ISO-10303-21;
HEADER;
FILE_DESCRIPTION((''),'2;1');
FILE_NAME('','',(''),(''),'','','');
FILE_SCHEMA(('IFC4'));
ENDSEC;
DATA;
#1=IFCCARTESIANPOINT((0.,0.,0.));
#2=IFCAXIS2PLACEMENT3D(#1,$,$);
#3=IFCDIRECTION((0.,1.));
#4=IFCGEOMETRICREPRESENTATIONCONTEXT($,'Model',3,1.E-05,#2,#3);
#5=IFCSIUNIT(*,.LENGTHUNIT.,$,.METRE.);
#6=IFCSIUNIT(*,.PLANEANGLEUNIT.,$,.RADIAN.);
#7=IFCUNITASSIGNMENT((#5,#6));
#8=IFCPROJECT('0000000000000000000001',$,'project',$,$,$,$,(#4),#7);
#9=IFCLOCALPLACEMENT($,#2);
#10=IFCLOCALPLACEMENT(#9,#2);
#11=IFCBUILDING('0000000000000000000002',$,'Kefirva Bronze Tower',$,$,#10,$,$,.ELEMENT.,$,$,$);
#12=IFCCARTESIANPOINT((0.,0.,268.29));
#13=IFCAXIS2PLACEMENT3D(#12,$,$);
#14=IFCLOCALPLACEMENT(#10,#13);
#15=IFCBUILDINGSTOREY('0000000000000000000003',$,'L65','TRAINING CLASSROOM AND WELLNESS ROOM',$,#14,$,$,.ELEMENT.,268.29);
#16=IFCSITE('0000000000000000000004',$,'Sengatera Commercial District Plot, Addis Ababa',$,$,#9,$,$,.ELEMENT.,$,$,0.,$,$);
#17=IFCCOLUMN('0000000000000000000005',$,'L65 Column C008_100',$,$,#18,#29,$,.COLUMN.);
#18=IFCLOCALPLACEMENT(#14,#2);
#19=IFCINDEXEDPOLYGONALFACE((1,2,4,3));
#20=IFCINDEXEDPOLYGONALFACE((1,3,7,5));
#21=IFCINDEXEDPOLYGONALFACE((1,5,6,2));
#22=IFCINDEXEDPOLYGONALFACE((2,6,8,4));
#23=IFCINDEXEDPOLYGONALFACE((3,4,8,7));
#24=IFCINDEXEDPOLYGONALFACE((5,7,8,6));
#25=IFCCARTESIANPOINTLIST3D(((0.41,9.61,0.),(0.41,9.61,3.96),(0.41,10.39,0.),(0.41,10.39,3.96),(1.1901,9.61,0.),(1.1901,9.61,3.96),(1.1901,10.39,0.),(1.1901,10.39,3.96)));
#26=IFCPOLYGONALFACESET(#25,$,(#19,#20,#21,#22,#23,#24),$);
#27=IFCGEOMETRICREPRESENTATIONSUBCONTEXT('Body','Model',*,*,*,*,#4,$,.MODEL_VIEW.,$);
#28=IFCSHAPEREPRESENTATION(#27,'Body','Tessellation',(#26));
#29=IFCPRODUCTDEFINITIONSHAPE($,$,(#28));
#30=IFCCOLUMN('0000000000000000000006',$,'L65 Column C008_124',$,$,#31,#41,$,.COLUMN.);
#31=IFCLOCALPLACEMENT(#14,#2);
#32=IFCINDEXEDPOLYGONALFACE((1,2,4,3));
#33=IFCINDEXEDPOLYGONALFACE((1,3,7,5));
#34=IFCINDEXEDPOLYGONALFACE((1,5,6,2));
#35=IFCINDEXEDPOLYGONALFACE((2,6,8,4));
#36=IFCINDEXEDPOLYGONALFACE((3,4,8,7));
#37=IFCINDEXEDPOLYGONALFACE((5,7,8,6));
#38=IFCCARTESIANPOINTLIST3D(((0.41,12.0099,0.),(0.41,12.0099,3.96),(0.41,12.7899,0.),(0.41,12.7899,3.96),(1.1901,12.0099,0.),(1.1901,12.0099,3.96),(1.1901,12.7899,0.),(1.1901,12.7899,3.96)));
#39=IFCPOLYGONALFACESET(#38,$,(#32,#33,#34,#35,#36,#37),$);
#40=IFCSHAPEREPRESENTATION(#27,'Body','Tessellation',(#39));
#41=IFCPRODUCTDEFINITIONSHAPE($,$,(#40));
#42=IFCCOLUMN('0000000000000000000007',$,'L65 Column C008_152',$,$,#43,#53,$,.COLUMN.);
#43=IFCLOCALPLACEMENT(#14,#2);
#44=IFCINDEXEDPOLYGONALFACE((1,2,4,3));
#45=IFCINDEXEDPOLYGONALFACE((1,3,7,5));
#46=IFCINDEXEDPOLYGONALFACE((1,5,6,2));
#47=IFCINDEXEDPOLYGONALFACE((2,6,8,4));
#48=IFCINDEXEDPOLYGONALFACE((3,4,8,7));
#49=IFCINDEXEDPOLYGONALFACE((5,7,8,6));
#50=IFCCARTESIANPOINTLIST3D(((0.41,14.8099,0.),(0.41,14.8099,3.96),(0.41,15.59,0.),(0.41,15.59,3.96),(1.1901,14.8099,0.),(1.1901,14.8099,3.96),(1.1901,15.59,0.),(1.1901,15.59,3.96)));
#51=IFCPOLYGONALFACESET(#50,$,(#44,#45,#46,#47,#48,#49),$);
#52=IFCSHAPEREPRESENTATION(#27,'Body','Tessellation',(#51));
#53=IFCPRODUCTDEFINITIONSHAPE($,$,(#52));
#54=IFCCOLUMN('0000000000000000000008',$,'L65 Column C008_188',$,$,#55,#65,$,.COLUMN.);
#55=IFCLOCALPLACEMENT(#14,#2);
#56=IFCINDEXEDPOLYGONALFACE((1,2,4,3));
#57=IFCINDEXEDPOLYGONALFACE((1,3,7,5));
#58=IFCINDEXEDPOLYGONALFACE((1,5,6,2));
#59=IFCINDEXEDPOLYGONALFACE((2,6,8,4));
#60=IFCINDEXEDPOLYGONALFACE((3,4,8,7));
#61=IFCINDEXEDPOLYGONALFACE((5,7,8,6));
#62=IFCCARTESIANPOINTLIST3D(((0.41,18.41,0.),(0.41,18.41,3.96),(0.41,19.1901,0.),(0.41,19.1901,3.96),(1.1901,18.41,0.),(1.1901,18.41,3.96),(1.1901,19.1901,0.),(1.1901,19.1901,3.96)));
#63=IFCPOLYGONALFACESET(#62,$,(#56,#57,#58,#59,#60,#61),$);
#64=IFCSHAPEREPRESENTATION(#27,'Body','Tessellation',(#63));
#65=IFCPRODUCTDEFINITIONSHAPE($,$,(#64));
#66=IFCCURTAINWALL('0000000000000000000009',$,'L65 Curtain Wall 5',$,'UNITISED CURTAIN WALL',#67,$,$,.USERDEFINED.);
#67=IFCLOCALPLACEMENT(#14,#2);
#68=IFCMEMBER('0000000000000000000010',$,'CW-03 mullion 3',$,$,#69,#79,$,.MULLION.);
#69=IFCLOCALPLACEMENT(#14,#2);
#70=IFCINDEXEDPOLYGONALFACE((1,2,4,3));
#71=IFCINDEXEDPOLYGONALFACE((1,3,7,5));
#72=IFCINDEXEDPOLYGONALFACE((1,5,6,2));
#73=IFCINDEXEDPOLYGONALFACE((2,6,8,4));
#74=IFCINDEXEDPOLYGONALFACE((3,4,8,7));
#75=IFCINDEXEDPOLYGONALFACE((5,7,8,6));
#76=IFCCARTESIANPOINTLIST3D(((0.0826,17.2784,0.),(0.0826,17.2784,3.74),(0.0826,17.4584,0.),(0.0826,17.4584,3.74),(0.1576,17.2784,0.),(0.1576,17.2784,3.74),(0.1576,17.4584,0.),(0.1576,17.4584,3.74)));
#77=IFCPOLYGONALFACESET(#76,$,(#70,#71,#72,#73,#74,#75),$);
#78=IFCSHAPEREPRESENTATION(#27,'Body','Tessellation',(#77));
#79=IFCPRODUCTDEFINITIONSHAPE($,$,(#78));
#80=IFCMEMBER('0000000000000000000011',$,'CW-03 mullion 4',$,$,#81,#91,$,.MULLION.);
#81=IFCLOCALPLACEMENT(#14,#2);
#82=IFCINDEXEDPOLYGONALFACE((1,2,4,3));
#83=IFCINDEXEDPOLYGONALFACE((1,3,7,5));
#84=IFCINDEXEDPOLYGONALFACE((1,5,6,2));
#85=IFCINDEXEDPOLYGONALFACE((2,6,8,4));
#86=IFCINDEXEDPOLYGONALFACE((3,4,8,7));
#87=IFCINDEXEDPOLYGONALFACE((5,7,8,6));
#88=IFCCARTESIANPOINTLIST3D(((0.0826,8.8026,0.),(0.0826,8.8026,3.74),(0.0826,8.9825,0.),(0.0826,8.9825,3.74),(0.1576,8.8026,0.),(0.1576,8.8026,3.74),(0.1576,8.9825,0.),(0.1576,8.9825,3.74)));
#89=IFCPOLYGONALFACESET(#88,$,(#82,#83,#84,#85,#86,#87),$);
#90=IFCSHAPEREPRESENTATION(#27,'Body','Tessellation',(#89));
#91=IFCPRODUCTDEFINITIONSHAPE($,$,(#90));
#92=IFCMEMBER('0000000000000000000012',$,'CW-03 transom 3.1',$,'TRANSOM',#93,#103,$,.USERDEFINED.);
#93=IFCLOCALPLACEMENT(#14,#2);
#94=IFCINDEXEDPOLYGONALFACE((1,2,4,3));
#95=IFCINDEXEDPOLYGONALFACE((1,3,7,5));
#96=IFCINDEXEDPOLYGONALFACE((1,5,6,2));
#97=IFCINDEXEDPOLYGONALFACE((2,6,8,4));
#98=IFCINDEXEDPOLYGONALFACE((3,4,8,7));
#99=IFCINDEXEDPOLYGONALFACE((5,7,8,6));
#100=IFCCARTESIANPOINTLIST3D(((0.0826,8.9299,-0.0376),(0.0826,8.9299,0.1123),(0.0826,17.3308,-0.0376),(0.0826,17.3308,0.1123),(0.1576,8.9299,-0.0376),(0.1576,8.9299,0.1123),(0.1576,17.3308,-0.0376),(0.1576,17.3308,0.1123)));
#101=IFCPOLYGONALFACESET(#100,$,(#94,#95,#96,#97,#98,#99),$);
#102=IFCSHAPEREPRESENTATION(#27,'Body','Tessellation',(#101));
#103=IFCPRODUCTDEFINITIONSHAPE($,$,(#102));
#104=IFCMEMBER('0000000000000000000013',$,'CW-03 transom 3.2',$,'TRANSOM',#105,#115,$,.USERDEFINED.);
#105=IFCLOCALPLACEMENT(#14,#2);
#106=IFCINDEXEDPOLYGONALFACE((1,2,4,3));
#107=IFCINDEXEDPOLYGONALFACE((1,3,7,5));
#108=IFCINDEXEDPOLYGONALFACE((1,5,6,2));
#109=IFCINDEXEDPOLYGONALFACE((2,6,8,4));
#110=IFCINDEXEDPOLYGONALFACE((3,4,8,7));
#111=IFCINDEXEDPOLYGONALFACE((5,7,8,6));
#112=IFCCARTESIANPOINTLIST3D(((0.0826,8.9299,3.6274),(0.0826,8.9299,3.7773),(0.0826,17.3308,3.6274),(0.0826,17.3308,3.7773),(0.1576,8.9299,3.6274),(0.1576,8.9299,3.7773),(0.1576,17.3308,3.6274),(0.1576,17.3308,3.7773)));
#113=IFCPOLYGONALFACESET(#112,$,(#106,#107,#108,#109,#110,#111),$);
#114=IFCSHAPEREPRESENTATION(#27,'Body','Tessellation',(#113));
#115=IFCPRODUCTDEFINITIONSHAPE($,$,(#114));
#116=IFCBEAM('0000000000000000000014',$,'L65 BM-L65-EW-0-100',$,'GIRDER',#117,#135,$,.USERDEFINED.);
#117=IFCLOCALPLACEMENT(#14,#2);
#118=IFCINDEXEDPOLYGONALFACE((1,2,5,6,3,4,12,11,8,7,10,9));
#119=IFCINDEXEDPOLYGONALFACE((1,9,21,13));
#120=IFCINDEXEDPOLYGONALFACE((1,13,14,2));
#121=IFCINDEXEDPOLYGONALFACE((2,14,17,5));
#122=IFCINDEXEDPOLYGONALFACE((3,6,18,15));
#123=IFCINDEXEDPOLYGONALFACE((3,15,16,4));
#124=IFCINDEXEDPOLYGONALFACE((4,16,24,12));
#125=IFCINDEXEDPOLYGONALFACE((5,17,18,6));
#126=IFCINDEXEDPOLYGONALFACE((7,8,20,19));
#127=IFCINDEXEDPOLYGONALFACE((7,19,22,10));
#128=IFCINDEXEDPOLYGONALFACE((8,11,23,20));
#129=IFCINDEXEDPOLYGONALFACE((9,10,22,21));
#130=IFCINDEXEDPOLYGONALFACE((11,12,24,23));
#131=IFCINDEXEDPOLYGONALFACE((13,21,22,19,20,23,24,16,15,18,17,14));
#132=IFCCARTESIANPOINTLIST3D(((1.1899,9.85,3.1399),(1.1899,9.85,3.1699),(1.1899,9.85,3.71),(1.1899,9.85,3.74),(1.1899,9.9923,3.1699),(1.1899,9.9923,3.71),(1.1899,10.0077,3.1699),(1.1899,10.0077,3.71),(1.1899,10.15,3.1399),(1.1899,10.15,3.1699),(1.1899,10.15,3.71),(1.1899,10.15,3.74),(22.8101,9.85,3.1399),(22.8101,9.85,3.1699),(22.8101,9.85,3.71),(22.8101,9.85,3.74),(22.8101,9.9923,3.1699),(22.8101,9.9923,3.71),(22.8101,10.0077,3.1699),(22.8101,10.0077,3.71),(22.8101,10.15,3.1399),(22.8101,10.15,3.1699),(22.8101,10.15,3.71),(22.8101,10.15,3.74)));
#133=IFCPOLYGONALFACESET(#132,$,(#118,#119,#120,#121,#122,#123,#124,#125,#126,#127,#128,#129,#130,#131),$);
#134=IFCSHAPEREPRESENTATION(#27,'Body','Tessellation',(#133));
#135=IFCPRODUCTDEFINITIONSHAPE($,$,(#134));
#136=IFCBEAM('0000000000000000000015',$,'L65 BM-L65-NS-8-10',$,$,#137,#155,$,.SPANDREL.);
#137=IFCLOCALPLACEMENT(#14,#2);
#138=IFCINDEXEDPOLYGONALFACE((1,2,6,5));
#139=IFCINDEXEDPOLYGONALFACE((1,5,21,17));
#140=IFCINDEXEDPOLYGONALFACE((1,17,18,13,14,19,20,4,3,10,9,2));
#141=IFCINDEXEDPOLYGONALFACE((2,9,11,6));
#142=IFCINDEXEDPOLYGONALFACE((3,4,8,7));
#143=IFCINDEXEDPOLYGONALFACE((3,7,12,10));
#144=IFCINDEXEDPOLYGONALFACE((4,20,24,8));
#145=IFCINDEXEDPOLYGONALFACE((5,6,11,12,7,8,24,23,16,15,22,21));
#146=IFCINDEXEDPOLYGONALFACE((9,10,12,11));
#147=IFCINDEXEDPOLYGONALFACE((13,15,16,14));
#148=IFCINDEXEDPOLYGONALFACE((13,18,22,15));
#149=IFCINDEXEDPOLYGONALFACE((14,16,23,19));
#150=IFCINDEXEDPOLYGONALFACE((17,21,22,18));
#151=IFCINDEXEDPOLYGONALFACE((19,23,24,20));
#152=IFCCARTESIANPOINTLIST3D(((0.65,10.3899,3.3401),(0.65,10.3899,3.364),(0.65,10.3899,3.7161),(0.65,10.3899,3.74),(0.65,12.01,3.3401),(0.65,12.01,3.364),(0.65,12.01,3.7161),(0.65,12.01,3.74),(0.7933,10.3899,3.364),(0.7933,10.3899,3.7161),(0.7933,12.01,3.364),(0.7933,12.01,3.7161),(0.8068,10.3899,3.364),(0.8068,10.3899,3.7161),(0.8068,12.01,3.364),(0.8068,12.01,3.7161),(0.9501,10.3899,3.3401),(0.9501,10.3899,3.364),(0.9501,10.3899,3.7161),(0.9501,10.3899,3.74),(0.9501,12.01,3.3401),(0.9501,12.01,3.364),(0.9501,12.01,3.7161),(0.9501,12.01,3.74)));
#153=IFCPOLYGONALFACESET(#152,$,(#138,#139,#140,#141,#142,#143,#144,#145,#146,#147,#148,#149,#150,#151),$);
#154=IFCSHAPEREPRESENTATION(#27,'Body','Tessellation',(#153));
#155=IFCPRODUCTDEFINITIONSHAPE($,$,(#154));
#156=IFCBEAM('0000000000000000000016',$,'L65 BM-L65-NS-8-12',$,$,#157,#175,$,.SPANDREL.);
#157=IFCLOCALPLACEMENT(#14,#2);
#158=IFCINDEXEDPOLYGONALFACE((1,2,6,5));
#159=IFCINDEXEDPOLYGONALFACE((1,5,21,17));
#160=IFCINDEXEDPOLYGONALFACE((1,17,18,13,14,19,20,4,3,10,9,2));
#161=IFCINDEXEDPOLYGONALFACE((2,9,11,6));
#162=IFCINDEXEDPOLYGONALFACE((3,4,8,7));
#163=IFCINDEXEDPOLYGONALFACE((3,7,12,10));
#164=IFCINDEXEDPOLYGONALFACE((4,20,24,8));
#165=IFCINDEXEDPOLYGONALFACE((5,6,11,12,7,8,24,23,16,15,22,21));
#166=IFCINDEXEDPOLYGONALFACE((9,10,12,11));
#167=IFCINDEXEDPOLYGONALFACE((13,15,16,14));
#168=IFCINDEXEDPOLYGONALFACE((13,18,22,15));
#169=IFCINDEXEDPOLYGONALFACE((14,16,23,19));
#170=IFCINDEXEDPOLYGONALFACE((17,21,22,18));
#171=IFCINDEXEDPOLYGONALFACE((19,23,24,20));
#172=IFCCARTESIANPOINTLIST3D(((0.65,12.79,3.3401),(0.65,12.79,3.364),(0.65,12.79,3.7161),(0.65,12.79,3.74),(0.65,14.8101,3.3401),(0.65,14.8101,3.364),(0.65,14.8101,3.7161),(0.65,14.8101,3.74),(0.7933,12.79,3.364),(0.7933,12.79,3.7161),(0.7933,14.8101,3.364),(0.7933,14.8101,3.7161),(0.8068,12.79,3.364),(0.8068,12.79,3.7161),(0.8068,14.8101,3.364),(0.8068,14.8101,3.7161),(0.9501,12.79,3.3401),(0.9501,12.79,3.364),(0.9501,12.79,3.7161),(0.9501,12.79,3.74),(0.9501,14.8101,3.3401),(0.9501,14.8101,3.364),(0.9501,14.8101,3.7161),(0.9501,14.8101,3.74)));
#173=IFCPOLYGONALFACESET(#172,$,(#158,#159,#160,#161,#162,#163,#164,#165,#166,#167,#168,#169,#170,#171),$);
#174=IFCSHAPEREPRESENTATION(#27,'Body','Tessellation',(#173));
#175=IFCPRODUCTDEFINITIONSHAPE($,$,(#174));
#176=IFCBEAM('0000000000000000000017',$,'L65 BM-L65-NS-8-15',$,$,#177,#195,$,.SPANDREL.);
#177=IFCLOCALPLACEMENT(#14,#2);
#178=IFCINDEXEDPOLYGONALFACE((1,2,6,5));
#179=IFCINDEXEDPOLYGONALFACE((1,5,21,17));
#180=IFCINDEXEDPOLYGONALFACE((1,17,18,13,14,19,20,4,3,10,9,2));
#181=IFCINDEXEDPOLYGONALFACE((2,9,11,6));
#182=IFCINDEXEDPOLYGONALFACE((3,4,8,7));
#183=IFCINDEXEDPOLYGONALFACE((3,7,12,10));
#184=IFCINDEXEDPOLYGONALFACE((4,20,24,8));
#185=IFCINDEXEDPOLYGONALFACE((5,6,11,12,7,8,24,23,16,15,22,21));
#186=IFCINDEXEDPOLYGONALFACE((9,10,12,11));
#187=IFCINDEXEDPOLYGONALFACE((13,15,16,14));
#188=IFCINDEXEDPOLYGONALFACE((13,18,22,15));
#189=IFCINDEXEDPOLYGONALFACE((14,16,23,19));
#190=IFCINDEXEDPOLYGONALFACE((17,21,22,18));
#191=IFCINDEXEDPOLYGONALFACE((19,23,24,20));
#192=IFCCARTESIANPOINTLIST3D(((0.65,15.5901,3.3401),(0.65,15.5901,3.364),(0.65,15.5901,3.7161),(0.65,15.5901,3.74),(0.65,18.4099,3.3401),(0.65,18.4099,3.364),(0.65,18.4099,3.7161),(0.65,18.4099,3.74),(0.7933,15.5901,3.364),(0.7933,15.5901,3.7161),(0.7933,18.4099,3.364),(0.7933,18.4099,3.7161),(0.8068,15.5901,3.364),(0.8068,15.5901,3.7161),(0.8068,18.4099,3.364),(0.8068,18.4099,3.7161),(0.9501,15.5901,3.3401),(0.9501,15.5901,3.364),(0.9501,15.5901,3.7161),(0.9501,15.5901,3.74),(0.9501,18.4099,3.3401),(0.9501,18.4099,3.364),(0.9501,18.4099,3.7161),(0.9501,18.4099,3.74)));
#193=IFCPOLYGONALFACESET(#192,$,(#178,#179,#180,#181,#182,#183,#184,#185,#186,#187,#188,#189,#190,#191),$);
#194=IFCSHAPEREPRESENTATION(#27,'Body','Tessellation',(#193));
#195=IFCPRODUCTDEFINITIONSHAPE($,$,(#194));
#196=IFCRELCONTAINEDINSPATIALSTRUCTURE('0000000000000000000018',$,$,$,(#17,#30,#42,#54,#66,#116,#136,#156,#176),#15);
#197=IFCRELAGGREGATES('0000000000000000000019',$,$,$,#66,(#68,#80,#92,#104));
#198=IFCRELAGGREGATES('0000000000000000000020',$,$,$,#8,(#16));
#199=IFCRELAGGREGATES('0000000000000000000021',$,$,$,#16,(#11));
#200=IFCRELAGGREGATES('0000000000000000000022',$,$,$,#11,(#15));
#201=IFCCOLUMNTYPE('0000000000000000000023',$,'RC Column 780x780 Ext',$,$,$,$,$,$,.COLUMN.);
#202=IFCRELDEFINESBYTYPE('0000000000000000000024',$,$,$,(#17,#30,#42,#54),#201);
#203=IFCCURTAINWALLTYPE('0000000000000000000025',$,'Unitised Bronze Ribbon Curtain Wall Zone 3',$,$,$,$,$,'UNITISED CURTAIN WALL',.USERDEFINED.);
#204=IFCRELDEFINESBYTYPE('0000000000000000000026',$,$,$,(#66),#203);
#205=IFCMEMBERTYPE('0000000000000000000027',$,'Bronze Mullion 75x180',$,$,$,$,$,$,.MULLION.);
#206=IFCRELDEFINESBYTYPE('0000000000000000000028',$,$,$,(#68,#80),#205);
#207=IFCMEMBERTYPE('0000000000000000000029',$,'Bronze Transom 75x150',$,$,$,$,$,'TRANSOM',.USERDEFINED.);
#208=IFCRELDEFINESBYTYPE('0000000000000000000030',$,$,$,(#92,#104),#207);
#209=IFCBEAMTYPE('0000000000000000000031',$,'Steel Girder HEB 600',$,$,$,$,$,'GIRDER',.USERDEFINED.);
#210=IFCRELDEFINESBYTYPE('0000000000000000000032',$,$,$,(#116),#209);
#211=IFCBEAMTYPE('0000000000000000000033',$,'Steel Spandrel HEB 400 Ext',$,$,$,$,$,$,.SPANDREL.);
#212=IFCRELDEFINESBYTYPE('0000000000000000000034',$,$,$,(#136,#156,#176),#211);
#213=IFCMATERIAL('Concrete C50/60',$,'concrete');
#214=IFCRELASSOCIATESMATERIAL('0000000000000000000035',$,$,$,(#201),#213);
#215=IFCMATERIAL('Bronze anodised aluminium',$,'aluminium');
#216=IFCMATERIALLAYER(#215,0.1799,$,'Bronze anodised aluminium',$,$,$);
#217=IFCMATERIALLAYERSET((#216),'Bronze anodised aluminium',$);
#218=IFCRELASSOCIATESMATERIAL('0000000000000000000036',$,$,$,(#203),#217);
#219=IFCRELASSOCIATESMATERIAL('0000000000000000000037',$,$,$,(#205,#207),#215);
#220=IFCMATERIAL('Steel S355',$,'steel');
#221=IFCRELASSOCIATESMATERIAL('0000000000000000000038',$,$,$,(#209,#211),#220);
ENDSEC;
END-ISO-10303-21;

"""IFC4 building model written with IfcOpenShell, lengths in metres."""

from ifc_helpers import new_model, si_unit, direction, frame, origin, origin_2d, place, context, subcontext, project, spatial, rectangle, i_section, extrude, material, layer, layer_set, material_profile, profile_set, type_object, element, aggregate, save


model = new_model("IFC4")

# Units and contexts
model_context = context("Model", 3, precision=1e-05, world=origin(), true_north=direction((0.0, 1.0)))
body_context = subcontext(model_context, "Body", "Model", "MODEL_VIEW")
ifc_project = project(units=[si_unit("LENGTHUNIT", "METRE"), si_unit("PLANEANGLEUNIT", "RADIAN")], contexts=[model_context])

# Site, building, storey
site_placement = place(None, origin())
site = spatial("IfcSite", under=ifc_project, at=site_placement, Name="Sengatera Commercial District Plot, Addis Ababa", CompositionType="ELEMENT", RefElevation=0.0)
building_placement = place(site_placement, origin())
building = spatial("IfcBuilding", under=site, at=building_placement, Name="Kefirva Bronze Tower", CompositionType="ELEMENT")
storey_placement = place(building_placement, frame((0.0, 0.0, 268.29)))
storey = spatial("IfcBuildingStorey", under=building, at=storey_placement, Name="L65", Description="TRAINING CLASSROOM AND WELLNESS ROOM", CompositionType="ELEMENT", Elevation=268.29)

# Columns
ifc_material_1 = material(Name="Concrete C50/60", Category="concrete")
ifc_material_profile_1 = material_profile(ifc_material_1, rectangle(XDim=0.78, YDim=0.78, at=origin_2d()), Name="RC 780x780")
ifc_profile_set_1 = profile_set([ifc_material_profile_1], Name="Concrete C50/60")
column_type = type_object("IfcColumnType", Name="RC Column 780x780 Ext", PredefinedType="COLUMN", material=ifc_profile_set_1)
for number, where, z_axis, x_axis, name in (
    (1, (0.8, 10.0, 0.0), (0.0, 0.0, 1.0), (1.0, 0.0, 0.0), "L65 Column C008_100"),
    (2, (0.8, 12.3999, 0.0), (0.0, 0.0, 1.0), (1.0, 0.0, 0.0), "L65 Column C008_124"),
    (3, (0.8, 15.2, 0.0), (0.0, 0.0, 1.0), (1.0, 0.0, 0.0), "L65 Column C008_152"),
    (4, (0.8, 18.8, 0.0), (0.0, 0.0, 1.0), (1.0, 0.0, 0.0), "L65 Column C008_188"),
):
    element("IfcColumn", number, at=place(storey_placement, frame(where, z_axis=z_axis, x_axis=x_axis)), inside=storey, type_object=column_type, Name=name, PredefinedType="COLUMN", context=body_context, shape_type="SweptSolid", body=[
        extrude(rectangle(XDim=0.78, YDim=0.78, at=origin_2d()), origin(), (0.0, 0.0, 1.0), 3.96),
    ])

# Curtain wall, members
ifc_material_2 = material(Name="Bronze anodised aluminium", Category="aluminium")
ifc_layer_1 = layer(ifc_material_2, 0.1799, Name="Bronze anodised aluminium")
ifc_layer_set_1 = layer_set([ifc_layer_1], Name="Bronze anodised aluminium")
curtain_wall_type = type_object("IfcCurtainWallType", Name="Unitised Bronze Ribbon Curtain Wall Zone 3", ElementType="UNITISED CURTAIN WALL", PredefinedType="USERDEFINED", material=ifc_layer_set_1)
curtain_wall_placement = place(storey_placement, origin())
curtain_wall = element("IfcCurtainWall", 5, at=curtain_wall_placement, inside=storey, type_object=curtain_wall_type, Name="L65 Curtain Wall 5", ObjectType="UNITISED CURTAIN WALL", PredefinedType="USERDEFINED")
ifc_material_profile_2 = material_profile(ifc_material_2, rectangle(XDim=0.075, YDim=0.1799, at=origin_2d()), Name="ALU 75x180")
ifc_profile_set_2 = profile_set([ifc_material_profile_2], Name="Bronze anodised aluminium")
member_type_1 = type_object("IfcMemberType", Name="Bronze Mullion 75x180", PredefinedType="MULLION", material=ifc_profile_set_2)
member_1_placement = place(storey_placement, frame((0.1201, 17.3684, 0.0), z_axis=(0.0, 0.0, 1.0), x_axis=(1.0, 0.0, 0.0)))
member_1 = element("IfcMember", 6, at=member_1_placement, type_object=member_type_1, Name="CW-03 mullion 3", PredefinedType="MULLION", context=body_context, shape_type="SweptSolid", body=[
    extrude(rectangle(XDim=0.075, YDim=0.1799, at=origin_2d()), origin(), (0.0, 0.0, 1.0), 3.74),
])
member_2_placement = place(storey_placement, frame((0.1201, 8.8926, 0.0), z_axis=(0.0, 0.0, 1.0), x_axis=(1.0, 0.0, 0.0)))
member_2 = element("IfcMember", 7, at=member_2_placement, type_object=member_type_1, Name="CW-03 mullion 4", PredefinedType="MULLION", context=body_context, shape_type="SweptSolid", body=[
    extrude(rectangle(XDim=0.075, YDim=0.1799, at=origin_2d()), origin(), (0.0, 0.0, 1.0), 3.74),
])
ifc_material_profile_3 = material_profile(ifc_material_2, rectangle(XDim=0.075, YDim=0.1499, at=origin_2d()), Name="ALU 75x150")
ifc_profile_set_3 = profile_set([ifc_material_profile_3], Name="Bronze anodised aluminium")
member_type_2 = type_object("IfcMemberType", Name="Bronze Transom 75x150", ElementType="TRANSOM", PredefinedType="USERDEFINED", material=ifc_profile_set_3)
member_3_placement = place(storey_placement, frame((0.1201, 17.3308, 0.0374), z_axis=(0.0, -1.0, 0.0), x_axis=(1.0, 0.0, 0.0)))
member_3 = element("IfcMember", 8, at=member_3_placement, type_object=member_type_2, Name="CW-03 transom 3.1", ObjectType="TRANSOM", PredefinedType="USERDEFINED", context=body_context, shape_type="SweptSolid", body=[
    extrude(rectangle(XDim=0.075, YDim=0.1499, at=origin_2d()), origin(), (0.0, 0.0, 1.0), 8.4009),
])
member_4_placement = place(storey_placement, frame((0.1201, 17.3308, 3.7024), z_axis=(0.0, -1.0, 0.0), x_axis=(1.0, 0.0, 0.0)))
member_4 = element("IfcMember", 9, at=member_4_placement, type_object=member_type_2, Name="CW-03 transom 3.2", ObjectType="TRANSOM", PredefinedType="USERDEFINED", context=body_context, shape_type="SweptSolid", body=[
    extrude(rectangle(XDim=0.075, YDim=0.1499, at=origin_2d()), origin(), (0.0, 0.0, 1.0), 8.4009),
])

# Beams
ifc_material_3 = material(Name="Steel S355", Category="steel")
ifc_material_profile_4 = material_profile(ifc_material_3, i_section(OverallWidth=0.3, OverallDepth=0.6001, WebThickness=0.0154, FlangeThickness=0.03, at=origin_2d()), Name="HEB 600")
ifc_profile_set_4 = profile_set([ifc_material_profile_4], Name="Steel S355")
beam_type_1 = type_object("IfcBeamType", Name="Steel Girder HEB 600", ElementType="GIRDER", PredefinedType="USERDEFINED", material=ifc_profile_set_4)
beam_1_placement = place(storey_placement, frame((1.1899, 10.0, 3.4399), z_axis=(1.0, 0.0, 0.0), x_axis=(0.0, 1.0, 0.0)))
element("IfcBeam", 10, at=beam_1_placement, inside=storey, type_object=beam_type_1, Name="L65 BM-L65-EW-0-100", ObjectType="GIRDER", PredefinedType="USERDEFINED", context=body_context, shape_type="SweptSolid", body=[
    extrude(i_section(OverallWidth=0.3, OverallDepth=0.6001, WebThickness=0.0154, FlangeThickness=0.03, at=origin_2d()), origin(), (0.0, 0.0, 1.0), 21.6201),
])
ifc_material_profile_5 = material_profile(ifc_material_3, i_section(OverallWidth=0.3, OverallDepth=0.3999, WebThickness=0.0134, FlangeThickness=0.0239, at=origin_2d()), Name="HEB 400")
ifc_profile_set_5 = profile_set([ifc_material_profile_5], Name="Steel S355")
beam_type_2 = type_object("IfcBeamType", Name="Steel Spandrel HEB 400 Ext", PredefinedType="SPANDREL", material=ifc_profile_set_5)
beam_2_placement = place(storey_placement, frame((0.8, 10.3899, 3.54), z_axis=(0.0, 1.0, 0.0), x_axis=(-1.0, 0.0, 0.0)))
element("IfcBeam", 11, at=beam_2_placement, inside=storey, type_object=beam_type_2, Name="L65 BM-L65-NS-8-10", PredefinedType="SPANDREL", context=body_context, shape_type="SweptSolid", body=[
    extrude(i_section(OverallWidth=0.3, OverallDepth=0.3999, WebThickness=0.0134, FlangeThickness=0.0239, at=origin_2d()), origin(), (0.0, 0.0, 1.0), 1.6201),
])
beam_3_placement = place(storey_placement, frame((0.8, 12.79, 3.54), z_axis=(0.0, 1.0, 0.0), x_axis=(-1.0, 0.0, 0.0)))
element("IfcBeam", 12, at=beam_3_placement, inside=storey, type_object=beam_type_2, Name="L65 BM-L65-NS-8-12", PredefinedType="SPANDREL", context=body_context, shape_type="SweptSolid", body=[
    extrude(i_section(OverallWidth=0.3, OverallDepth=0.3999, WebThickness=0.0134, FlangeThickness=0.0239, at=origin_2d()), origin(), (0.0, 0.0, 1.0), 2.02),
])
beam_4_placement = place(storey_placement, frame((0.8, 15.5901, 3.54), z_axis=(0.0, 1.0, 0.0), x_axis=(-1.0, 0.0, 0.0)))
element("IfcBeam", 13, at=beam_4_placement, inside=storey, type_object=beam_type_2, Name="L65 BM-L65-NS-8-15", PredefinedType="SPANDREL", context=body_context, shape_type="SweptSolid", body=[
    extrude(i_section(OverallWidth=0.3, OverallDepth=0.3999, WebThickness=0.0134, FlangeThickness=0.0239, at=origin_2d()), origin(), (0.0, 0.0, 1.0), 2.8198),
])

aggregate(curtain_wall, [member_1, member_2, member_3, member_4])

save(model, "model.ifc")
